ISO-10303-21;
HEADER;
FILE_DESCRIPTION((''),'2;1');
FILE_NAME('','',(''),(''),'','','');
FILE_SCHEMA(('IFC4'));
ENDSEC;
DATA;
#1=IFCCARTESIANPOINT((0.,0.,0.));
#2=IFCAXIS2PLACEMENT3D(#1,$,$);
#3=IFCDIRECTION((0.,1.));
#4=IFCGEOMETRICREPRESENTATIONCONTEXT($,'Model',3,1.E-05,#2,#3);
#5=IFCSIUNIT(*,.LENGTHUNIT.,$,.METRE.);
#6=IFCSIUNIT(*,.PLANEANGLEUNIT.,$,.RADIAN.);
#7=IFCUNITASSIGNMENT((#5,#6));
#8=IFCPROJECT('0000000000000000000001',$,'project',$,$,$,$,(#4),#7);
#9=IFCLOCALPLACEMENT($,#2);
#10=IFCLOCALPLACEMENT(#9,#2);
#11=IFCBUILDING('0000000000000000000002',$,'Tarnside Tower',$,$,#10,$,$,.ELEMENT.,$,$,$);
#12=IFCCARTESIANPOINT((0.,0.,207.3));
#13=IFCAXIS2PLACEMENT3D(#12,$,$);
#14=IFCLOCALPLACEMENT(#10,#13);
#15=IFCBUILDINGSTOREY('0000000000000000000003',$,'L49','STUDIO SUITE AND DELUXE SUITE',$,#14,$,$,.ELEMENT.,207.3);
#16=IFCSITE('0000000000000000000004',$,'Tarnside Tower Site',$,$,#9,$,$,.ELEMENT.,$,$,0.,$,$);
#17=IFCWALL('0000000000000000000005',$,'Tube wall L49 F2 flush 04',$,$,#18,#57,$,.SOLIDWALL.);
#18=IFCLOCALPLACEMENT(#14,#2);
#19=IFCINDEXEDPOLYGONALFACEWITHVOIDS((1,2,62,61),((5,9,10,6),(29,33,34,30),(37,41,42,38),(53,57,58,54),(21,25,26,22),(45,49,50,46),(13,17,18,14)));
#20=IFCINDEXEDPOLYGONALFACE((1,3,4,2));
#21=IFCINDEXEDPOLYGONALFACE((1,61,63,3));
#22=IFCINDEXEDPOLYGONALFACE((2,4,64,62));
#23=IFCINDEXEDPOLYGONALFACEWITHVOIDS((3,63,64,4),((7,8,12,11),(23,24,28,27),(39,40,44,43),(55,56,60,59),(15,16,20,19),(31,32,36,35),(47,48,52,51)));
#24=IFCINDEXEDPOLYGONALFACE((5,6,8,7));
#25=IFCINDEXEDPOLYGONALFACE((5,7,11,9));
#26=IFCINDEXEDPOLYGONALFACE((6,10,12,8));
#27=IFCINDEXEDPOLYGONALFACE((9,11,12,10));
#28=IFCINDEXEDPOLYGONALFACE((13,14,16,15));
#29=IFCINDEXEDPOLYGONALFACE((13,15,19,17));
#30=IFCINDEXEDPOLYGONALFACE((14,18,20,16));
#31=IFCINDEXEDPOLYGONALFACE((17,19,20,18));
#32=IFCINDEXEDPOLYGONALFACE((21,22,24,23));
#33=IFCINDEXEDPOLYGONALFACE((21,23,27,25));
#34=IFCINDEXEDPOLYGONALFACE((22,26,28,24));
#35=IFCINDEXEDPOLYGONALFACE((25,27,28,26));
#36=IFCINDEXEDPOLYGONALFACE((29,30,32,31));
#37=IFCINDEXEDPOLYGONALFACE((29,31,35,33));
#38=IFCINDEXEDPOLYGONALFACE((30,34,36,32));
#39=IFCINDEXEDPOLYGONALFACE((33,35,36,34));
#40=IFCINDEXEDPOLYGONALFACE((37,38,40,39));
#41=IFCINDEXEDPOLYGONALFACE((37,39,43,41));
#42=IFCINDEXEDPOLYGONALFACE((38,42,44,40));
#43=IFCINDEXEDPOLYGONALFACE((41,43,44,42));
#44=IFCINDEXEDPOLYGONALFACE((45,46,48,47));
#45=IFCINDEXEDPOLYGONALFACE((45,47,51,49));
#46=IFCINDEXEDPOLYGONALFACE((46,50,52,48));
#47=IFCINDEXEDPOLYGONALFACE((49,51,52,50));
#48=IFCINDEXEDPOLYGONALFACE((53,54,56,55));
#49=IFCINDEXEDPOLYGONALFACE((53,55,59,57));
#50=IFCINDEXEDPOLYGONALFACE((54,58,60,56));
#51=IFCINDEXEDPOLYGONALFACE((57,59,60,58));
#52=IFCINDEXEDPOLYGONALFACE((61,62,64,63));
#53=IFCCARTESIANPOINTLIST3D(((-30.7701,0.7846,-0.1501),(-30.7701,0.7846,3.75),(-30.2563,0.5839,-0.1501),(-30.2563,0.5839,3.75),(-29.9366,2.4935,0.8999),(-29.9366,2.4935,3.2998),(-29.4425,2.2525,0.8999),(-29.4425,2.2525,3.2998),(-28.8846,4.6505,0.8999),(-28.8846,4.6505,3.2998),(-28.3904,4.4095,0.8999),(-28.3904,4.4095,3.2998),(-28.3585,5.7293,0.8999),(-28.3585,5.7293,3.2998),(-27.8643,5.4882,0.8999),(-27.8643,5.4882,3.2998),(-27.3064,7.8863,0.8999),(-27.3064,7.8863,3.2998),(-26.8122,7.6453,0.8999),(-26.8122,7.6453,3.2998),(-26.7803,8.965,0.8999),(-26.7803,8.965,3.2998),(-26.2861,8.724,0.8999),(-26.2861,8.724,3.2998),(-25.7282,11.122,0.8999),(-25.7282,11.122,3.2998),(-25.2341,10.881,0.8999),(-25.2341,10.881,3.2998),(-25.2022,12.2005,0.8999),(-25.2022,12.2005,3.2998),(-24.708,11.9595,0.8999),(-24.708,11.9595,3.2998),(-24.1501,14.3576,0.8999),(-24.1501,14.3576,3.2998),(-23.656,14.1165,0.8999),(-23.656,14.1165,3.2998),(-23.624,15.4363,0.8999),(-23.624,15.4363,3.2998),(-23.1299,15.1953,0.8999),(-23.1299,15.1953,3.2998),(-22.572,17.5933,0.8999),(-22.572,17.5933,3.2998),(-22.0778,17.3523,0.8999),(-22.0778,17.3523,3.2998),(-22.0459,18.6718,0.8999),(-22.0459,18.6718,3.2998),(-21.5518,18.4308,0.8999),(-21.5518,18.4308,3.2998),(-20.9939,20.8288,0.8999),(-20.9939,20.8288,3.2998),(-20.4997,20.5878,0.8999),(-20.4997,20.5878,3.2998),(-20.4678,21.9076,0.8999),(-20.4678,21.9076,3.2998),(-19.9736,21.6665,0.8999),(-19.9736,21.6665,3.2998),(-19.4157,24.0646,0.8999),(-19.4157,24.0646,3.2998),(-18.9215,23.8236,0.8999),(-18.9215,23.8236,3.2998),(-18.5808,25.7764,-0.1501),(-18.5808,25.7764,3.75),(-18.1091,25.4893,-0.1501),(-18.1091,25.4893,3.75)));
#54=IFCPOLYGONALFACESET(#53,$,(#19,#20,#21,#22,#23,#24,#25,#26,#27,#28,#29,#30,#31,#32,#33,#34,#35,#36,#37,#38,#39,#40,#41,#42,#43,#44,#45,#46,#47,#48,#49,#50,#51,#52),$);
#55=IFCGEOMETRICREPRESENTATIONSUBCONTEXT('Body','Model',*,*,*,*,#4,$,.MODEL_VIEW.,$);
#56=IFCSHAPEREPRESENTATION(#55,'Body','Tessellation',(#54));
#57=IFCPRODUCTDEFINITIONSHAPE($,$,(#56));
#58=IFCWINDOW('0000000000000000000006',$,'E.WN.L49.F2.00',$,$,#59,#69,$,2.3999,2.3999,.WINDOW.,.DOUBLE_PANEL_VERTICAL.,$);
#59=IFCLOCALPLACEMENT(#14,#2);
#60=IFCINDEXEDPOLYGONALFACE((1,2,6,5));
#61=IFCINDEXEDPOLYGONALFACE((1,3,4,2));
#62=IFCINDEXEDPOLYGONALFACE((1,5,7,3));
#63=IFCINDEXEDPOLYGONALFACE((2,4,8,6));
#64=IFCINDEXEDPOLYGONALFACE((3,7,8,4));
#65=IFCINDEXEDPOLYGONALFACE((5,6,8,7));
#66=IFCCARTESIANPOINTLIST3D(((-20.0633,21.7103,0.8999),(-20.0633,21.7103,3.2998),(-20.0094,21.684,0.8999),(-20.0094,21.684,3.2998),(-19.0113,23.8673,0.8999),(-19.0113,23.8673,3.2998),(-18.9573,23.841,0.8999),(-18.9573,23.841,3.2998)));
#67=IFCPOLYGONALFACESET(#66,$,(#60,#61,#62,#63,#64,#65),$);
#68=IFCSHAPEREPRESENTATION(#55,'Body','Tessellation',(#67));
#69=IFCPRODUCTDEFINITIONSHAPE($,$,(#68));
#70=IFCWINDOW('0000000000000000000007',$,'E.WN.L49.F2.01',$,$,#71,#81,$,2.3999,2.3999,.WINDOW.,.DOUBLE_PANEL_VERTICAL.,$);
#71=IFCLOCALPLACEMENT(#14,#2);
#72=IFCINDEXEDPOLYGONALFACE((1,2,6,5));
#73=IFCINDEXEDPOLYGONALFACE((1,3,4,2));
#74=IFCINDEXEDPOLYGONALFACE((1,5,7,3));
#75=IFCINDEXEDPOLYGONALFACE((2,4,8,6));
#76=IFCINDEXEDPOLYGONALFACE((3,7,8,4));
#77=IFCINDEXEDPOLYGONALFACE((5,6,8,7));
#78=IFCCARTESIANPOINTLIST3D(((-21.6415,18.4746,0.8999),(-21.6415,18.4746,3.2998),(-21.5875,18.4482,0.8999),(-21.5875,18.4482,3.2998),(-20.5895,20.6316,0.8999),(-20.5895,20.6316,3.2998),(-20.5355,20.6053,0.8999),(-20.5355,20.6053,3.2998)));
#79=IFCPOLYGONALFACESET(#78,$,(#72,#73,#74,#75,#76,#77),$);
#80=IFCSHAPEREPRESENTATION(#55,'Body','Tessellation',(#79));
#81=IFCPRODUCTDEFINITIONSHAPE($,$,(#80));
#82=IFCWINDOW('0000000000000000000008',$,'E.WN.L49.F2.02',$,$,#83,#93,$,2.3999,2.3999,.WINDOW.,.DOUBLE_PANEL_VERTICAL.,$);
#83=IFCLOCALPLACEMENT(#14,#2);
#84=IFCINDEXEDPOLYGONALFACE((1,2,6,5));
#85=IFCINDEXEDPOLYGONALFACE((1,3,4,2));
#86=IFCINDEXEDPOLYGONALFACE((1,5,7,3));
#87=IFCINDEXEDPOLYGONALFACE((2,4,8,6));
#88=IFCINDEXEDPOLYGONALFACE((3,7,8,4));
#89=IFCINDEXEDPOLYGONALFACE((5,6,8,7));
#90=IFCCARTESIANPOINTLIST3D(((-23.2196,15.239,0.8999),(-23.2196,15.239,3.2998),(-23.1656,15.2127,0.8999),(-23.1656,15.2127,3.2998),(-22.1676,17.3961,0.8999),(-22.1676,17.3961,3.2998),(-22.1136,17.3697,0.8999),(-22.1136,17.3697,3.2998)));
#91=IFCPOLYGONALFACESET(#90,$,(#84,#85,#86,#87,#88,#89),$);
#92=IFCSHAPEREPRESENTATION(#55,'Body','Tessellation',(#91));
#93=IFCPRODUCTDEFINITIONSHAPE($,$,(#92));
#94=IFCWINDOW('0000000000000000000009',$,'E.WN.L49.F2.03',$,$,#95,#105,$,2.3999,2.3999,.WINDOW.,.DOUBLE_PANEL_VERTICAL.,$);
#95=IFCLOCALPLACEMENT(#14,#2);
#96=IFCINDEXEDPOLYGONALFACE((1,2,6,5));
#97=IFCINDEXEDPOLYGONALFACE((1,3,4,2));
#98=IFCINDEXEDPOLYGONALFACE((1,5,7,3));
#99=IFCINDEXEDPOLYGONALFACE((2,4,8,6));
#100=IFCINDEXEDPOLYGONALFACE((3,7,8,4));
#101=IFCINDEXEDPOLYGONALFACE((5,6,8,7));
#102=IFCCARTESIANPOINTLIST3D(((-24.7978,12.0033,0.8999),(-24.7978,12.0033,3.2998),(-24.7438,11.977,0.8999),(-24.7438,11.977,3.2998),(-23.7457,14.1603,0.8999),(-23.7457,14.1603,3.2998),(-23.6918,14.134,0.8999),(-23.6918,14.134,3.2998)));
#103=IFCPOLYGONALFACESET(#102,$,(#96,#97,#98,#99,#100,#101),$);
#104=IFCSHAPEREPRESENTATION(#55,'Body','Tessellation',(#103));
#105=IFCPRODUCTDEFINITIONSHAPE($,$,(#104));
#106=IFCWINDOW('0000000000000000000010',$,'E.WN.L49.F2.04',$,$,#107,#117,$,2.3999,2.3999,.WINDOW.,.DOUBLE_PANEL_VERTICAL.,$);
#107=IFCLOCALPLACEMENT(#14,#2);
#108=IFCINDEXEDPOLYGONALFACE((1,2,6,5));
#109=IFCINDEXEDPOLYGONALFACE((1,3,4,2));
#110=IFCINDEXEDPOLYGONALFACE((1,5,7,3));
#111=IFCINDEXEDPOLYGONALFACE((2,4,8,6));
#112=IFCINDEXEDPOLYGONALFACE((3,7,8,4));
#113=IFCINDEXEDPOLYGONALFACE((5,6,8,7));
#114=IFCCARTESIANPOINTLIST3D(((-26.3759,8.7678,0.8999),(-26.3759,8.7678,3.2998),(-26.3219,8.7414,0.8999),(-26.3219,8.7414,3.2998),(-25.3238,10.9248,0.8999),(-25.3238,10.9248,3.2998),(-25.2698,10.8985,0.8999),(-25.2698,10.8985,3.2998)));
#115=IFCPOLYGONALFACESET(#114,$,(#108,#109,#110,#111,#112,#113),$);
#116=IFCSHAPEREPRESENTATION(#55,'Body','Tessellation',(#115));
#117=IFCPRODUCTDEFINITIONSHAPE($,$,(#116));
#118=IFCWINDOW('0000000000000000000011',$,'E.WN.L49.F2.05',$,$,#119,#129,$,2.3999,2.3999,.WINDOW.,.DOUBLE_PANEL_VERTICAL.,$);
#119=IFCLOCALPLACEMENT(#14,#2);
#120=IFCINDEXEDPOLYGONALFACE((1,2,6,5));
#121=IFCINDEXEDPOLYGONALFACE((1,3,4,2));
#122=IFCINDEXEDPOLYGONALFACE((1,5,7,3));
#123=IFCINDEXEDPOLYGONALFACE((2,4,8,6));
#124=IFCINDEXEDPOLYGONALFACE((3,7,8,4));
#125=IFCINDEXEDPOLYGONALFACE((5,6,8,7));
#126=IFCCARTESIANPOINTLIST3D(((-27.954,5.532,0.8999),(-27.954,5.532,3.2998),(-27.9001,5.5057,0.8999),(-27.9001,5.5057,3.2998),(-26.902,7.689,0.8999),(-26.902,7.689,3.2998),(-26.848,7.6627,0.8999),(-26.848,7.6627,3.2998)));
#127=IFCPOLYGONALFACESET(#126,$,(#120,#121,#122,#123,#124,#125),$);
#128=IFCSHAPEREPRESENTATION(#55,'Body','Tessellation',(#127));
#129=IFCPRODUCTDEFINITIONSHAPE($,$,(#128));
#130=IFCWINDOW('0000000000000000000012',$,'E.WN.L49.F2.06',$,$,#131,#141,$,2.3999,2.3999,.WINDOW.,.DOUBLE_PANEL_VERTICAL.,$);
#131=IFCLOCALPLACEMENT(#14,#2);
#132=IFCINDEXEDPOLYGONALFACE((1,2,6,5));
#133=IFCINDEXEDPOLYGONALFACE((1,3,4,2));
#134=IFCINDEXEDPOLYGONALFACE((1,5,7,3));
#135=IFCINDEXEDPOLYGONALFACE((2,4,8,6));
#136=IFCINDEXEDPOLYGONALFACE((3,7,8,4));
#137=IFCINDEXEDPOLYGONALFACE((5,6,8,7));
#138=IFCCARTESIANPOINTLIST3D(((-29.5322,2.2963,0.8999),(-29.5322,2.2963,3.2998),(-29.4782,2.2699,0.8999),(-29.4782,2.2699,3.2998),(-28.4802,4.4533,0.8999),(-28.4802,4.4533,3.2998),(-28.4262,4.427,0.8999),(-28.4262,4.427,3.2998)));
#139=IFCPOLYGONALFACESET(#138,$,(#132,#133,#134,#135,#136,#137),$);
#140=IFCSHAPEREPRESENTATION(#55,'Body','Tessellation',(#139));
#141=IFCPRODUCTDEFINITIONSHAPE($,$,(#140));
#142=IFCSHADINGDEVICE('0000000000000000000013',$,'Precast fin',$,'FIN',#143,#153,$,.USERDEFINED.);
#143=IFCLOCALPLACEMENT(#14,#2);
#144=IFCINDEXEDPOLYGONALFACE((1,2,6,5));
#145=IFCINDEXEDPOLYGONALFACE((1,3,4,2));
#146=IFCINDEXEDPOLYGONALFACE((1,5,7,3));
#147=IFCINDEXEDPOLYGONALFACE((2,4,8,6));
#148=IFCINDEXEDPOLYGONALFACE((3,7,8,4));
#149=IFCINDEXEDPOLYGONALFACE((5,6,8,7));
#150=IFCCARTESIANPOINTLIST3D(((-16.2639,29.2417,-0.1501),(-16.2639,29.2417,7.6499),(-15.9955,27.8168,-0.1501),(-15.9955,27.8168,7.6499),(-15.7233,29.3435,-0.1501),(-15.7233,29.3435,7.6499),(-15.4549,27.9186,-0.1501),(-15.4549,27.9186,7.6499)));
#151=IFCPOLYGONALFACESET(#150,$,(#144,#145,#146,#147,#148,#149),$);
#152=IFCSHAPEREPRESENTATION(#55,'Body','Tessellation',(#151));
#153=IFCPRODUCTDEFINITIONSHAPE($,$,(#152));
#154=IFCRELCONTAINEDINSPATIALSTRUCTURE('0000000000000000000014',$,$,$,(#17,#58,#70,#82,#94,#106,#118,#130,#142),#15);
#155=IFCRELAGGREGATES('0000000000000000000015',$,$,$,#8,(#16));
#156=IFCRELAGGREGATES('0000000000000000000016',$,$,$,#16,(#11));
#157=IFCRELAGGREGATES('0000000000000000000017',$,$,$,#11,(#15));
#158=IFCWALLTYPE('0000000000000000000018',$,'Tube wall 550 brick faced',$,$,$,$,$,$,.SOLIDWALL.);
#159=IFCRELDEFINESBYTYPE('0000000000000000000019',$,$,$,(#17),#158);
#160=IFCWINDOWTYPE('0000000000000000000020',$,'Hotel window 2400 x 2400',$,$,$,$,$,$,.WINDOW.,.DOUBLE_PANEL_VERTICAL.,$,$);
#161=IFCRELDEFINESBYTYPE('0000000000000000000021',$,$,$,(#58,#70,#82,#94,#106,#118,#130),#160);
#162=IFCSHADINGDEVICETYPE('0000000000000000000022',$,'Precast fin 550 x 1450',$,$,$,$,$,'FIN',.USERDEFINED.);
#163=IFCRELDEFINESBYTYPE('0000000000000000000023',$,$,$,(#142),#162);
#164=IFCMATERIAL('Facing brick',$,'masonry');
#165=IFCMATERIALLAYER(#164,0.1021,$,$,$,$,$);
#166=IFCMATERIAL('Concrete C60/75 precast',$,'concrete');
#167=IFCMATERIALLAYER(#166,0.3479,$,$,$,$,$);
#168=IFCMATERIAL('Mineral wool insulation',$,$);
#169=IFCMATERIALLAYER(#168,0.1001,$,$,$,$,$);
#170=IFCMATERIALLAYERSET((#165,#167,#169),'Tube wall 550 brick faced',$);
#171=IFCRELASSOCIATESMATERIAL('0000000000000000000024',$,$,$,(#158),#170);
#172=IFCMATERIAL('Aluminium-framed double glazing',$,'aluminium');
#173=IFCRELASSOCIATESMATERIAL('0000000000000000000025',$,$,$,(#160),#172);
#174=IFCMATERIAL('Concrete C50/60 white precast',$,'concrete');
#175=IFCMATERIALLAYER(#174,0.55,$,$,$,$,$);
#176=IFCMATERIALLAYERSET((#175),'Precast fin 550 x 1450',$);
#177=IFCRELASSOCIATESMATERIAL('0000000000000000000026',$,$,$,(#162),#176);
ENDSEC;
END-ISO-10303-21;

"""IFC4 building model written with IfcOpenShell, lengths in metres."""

from ifc_helpers import new_model, si_unit, direction, frame, frame_2d, origin, place, context, subcontext, project, spatial, polyline, rectangle, outline, extrude, material, layer, layer_set, type_object, element, fill, save


model = new_model("IFC4")

# Units and contexts
model_context = context("Model", 3, precision=1e-05, world=origin(), true_north=direction((0.0, 1.0)))
body_context = subcontext(model_context, "Body", "Model", "MODEL_VIEW")
ifc_project = project(units=[si_unit("LENGTHUNIT", "METRE"), si_unit("PLANEANGLEUNIT", "RADIAN")], contexts=[model_context])

# Site, building, storey
site_placement = place(None, origin())
site = spatial("IfcSite", under=ifc_project, at=site_placement, Name="Tarnside Tower Site", CompositionType="ELEMENT", RefElevation=0.0)
building_placement = place(site_placement, origin())
building = spatial("IfcBuilding", under=site, at=building_placement, Name="Tarnside Tower", CompositionType="ELEMENT")
storey_placement = place(building_placement, frame((0.0, 0.0, 207.3)))
storey = spatial("IfcBuildingStorey", under=building, at=storey_placement, Name="L49", Description="STUDIO SUITE AND DELUXE SUITE", CompositionType="ELEMENT", Elevation=207.3)

# Shared definitions
ifc_material_1 = material(Name="Facing brick", Category="masonry")
ifc_layer_1 = layer(ifc_material_1, 0.1021)
ifc_material_2 = material(Name="Concrete C60/75 precast", Category="concrete")
ifc_layer_2 = layer(ifc_material_2, 0.3479)
ifc_material_3 = material(Name="Mineral wool insulation")
ifc_layer_3 = layer(ifc_material_3, 0.1001)
ifc_layer_set_1 = layer_set([ifc_layer_1, ifc_layer_2, ifc_layer_3], Name="Tube wall 550 brick faced")
wall_type_1 = type_object("IfcWallType", Name="Tube wall 550 brick faced", PredefinedType="SOLIDWALL", material=ifc_layer_set_1)

# Wall, openings, windows
wall_1_placement = place(storey_placement, frame((-18.345, 25.6328, -0.1501), z_axis=(0.0, 0.0, 1.0), x_axis=(-0.438372, -0.898794, 0.0)))
wall_1 = element("IfcWall", 1, at=wall_1_placement, inside=storey, type_object=wall_type_1, Name="Tube wall L49 F2 flush 04", PredefinedType="SOLIDWALL", context=body_context, shape_type="SweptSolid", body=[
    extrude(outline(polyline([(-0.0256, -0.2749), (27.7803, -0.2749), (27.7354, 0.2749), (0.0256, 0.2749), (-0.0256, -0.2749)])), origin(), (0.0, 0.0, 1.0), 3.9001),
])
opening_1_placement = place(wall_1_placement, frame((1.8789, 0.0, 1.05)))
opening_1 = element("IfcOpeningElement", 2, at=opening_1_placement, cuts=wall_1, PredefinedType="OPENING", context=body_context, shape_type="SweptSolid", body=[
    extrude(rectangle(XDim=2.3999, YDim=2.3999, at=frame_2d((1.2, 1.2))), frame((0.0, 0.2852, 0.0), z_axis=(0.0, -1.0, 0.0), x_axis=(1.0, 0.0, 0.0)), (0.0, 0.0, 1.0), 0.5701),
])
opening_2_placement = place(wall_1_placement, frame((5.479, 0.0, 1.05)))
opening_2 = element("IfcOpeningElement", 3, at=opening_2_placement, cuts=wall_1, PredefinedType="OPENING", context=body_context, shape_type="SweptSolid", body=[
    extrude(rectangle(XDim=2.3999, YDim=2.3999, at=frame_2d((1.2, 1.2))), frame((0.0, 0.2852, 0.0), z_axis=(0.0, -1.0, 0.0), x_axis=(1.0, 0.0, 0.0)), (0.0, 0.0, 1.0), 0.5701),
])
opening_3_placement = place(wall_1_placement, frame((9.0789, 0.0, 1.05)))
opening_3 = element("IfcOpeningElement", 4, at=opening_3_placement, cuts=wall_1, PredefinedType="OPENING", context=body_context, shape_type="SweptSolid", body=[
    extrude(rectangle(XDim=2.3999, YDim=2.3999, at=frame_2d((1.2, 1.2))), frame((0.0, 0.2852, 0.0), z_axis=(0.0, -1.0, 0.0), x_axis=(1.0, 0.0, 0.0)), (0.0, 0.0, 1.0), 0.5701),
])
opening_4_placement = place(wall_1_placement, frame((12.679, 0.0, 1.05)))
opening_4 = element("IfcOpeningElement", 5, at=opening_4_placement, cuts=wall_1, PredefinedType="OPENING", context=body_context, shape_type="SweptSolid", body=[
    extrude(rectangle(XDim=2.3999, YDim=2.3999, at=frame_2d((1.2, 1.2))), frame((0.0, 0.2852, 0.0), z_axis=(0.0, -1.0, 0.0), x_axis=(1.0, 0.0, 0.0)), (0.0, 0.0, 1.0), 0.5701),
])
opening_5_placement = place(wall_1_placement, frame((16.2788, 0.0, 1.05)))
opening_5 = element("IfcOpeningElement", 6, at=opening_5_placement, cuts=wall_1, PredefinedType="OPENING", context=body_context, shape_type="SweptSolid", body=[
    extrude(rectangle(XDim=2.3999, YDim=2.3999, at=frame_2d((1.2, 1.2))), frame((0.0, 0.2852, 0.0), z_axis=(0.0, -1.0, 0.0), x_axis=(1.0, 0.0, 0.0)), (0.0, 0.0, 1.0), 0.5701),
])
opening_6_placement = place(wall_1_placement, frame((19.8789, 0.0, 1.05)))
opening_6 = element("IfcOpeningElement", 7, at=opening_6_placement, cuts=wall_1, PredefinedType="OPENING", context=body_context, shape_type="SweptSolid", body=[
    extrude(rectangle(XDim=2.3999, YDim=2.3999, at=frame_2d((1.2, 1.2))), frame((0.0, 0.2852, 0.0), z_axis=(0.0, -1.0, 0.0), x_axis=(1.0, 0.0, 0.0)), (0.0, 0.0, 1.0), 0.5701),
])
opening_7_placement = place(wall_1_placement, frame((23.479, 0.0, 1.05)))
opening_7 = element("IfcOpeningElement", 8, at=opening_7_placement, cuts=wall_1, PredefinedType="OPENING", context=body_context, shape_type="SweptSolid", body=[
    extrude(rectangle(XDim=2.3999, YDim=2.3999, at=frame_2d((1.2, 1.2))), frame((0.0, 0.2852, 0.0), z_axis=(0.0, -1.0, 0.0), x_axis=(1.0, 0.0, 0.0)), (0.0, 0.0, 1.0), 0.5701),
])
ifc_material_4 = material(Name="Aluminium-framed double glazing", Category="aluminium")
window_type = type_object("IfcWindowType", Name="Hotel window 2400 x 2400", PartitioningType="DOUBLE_PANEL_VERTICAL", PredefinedType="WINDOW", material=ifc_material_4)
window_1_placement = place(opening_1_placement, frame((0.0, 0.2051, 0.0)))
window_1 = element("IfcWindow", 9, at=window_1_placement, inside=storey, type_object=window_type, Name="E.WN.L49.F2.00", OverallHeight=2.3999, OverallWidth=2.3999, PartitioningType="DOUBLE_PANEL_VERTICAL", PredefinedType="WINDOW", context=body_context, shape_type="SweptSolid", body=[
    extrude(rectangle(XDim=2.3999, YDim=2.3999, at=frame_2d((1.2, 1.2))), frame((0.0, 0.03, 0.0), z_axis=(0.0, -1.0, 0.0), x_axis=(1.0, 0.0, 0.0)), (0.0, 0.0, 1.0), 0.0601),
])
fill(opening_1, window_1)
window_2_placement = place(opening_2_placement, frame((0.0, 0.2051, 0.0)))
window_2 = element("IfcWindow", 10, at=window_2_placement, inside=storey, type_object=window_type, Name="E.WN.L49.F2.01", OverallHeight=2.3999, OverallWidth=2.3999, PartitioningType="DOUBLE_PANEL_VERTICAL", PredefinedType="WINDOW", context=body_context, shape_type="SweptSolid", body=[
    extrude(rectangle(XDim=2.3999, YDim=2.3999, at=frame_2d((1.2, 1.2))), frame((0.0, 0.03, 0.0), z_axis=(0.0, -1.0, 0.0), x_axis=(1.0, 0.0, 0.0)), (0.0, 0.0, 1.0), 0.0601),
])
fill(opening_2, window_2)
window_3_placement = place(opening_3_placement, frame((0.0, 0.2051, 0.0)))
window_3 = element("IfcWindow", 11, at=window_3_placement, inside=storey, type_object=window_type, Name="E.WN.L49.F2.02", OverallHeight=2.3999, OverallWidth=2.3999, PartitioningType="DOUBLE_PANEL_VERTICAL", PredefinedType="WINDOW", context=body_context, shape_type="SweptSolid", body=[
    extrude(rectangle(XDim=2.3999, YDim=2.3999, at=frame_2d((1.2, 1.2))), frame((0.0, 0.03, 0.0), z_axis=(0.0, -1.0, 0.0), x_axis=(1.0, 0.0, 0.0)), (0.0, 0.0, 1.0), 0.0601),
])
fill(opening_3, window_3)
window_4_placement = place(opening_4_placement, frame((0.0, 0.2051, 0.0)))
window_4 = element("IfcWindow", 12, at=window_4_placement, inside=storey, type_object=window_type, Name="E.WN.L49.F2.03", OverallHeight=2.3999, OverallWidth=2.3999, PartitioningType="DOUBLE_PANEL_VERTICAL", PredefinedType="WINDOW", context=body_context, shape_type="SweptSolid", body=[
    extrude(rectangle(XDim=2.3999, YDim=2.3999, at=frame_2d((1.2, 1.2))), frame((0.0, 0.03, 0.0), z_axis=(0.0, -1.0, 0.0), x_axis=(1.0, 0.0, 0.0)), (0.0, 0.0, 1.0), 0.0601),
])
fill(opening_4, window_4)
window_5_placement = place(opening_5_placement, frame((0.0, 0.2051, 0.0)))
window_5 = element("IfcWindow", 13, at=window_5_placement, inside=storey, type_object=window_type, Name="E.WN.L49.F2.04", OverallHeight=2.3999, OverallWidth=2.3999, PartitioningType="DOUBLE_PANEL_VERTICAL", PredefinedType="WINDOW", context=body_context, shape_type="SweptSolid", body=[
    extrude(rectangle(XDim=2.3999, YDim=2.3999, at=frame_2d((1.2, 1.2))), frame((0.0, 0.03, 0.0), z_axis=(0.0, -1.0, 0.0), x_axis=(1.0, 0.0, 0.0)), (0.0, 0.0, 1.0), 0.0601),
])
fill(opening_5, window_5)
window_6_placement = place(opening_6_placement, frame((0.0, 0.2051, 0.0)))
window_6 = element("IfcWindow", 14, at=window_6_placement, inside=storey, type_object=window_type, Name="E.WN.L49.F2.05", OverallHeight=2.3999, OverallWidth=2.3999, PartitioningType="DOUBLE_PANEL_VERTICAL", PredefinedType="WINDOW", context=body_context, shape_type="SweptSolid", body=[
    extrude(rectangle(XDim=2.3999, YDim=2.3999, at=frame_2d((1.2, 1.2))), frame((0.0, 0.03, 0.0), z_axis=(0.0, -1.0, 0.0), x_axis=(1.0, 0.0, 0.0)), (0.0, 0.0, 1.0), 0.0601),
])
fill(opening_6, window_6)
window_7_placement = place(opening_7_placement, frame((0.0, 0.2051, 0.0)))
window_7 = element("IfcWindow", 15, at=window_7_placement, inside=storey, type_object=window_type, Name="E.WN.L49.F2.06", OverallHeight=2.3999, OverallWidth=2.3999, PartitioningType="DOUBLE_PANEL_VERTICAL", PredefinedType="WINDOW", context=body_context, shape_type="SweptSolid", body=[
    extrude(rectangle(XDim=2.3999, YDim=2.3999, at=frame_2d((1.2, 1.2))), frame((0.0, 0.03, 0.0), z_axis=(0.0, -1.0, 0.0), x_axis=(1.0, 0.0, 0.0)), (0.0, 0.0, 1.0), 0.0601),
])
fill(opening_7, window_7)

# Shading device
ifc_material_5 = material(Name="Concrete C50/60 white precast", Category="concrete")
ifc_layer_4 = layer(ifc_material_5, 0.55)
ifc_layer_set_2 = layer_set([ifc_layer_4], Name="Precast fin 550 x 1450")
shading_device_type_1 = type_object("IfcShadingDeviceType", Name="Precast fin 550 x 1450", ElementType="FIN", PredefinedType="USERDEFINED", material=ifc_layer_set_2)
for number, where, z_axis, x_axis, name in (
    (16, (-15.7253, 27.8677, -0.1501), (0.982721, 0.185095, 0.0), (-0.185095, 0.982721, 0.0), "Precast fin"),
):
    element("IfcShadingDevice", number, at=place(storey_placement, frame(where, z_axis=z_axis, x_axis=x_axis)), inside=storey, type_object=shading_device_type_1, Name=name, ObjectType="FIN", PredefinedType="USERDEFINED", context=body_context, shape_type="SweptSolid", body=[
        extrude(outline(polyline([(0.0, 0.0), (1.45, 0.0), (1.45, 7.8), (0.0, 7.8), (0.0, 0.0)])), frame((0.0, 0.0, -0.2749)), (0.0, 0.0, 1.0), 0.55),
    ])

save(model, "model.ifc")
